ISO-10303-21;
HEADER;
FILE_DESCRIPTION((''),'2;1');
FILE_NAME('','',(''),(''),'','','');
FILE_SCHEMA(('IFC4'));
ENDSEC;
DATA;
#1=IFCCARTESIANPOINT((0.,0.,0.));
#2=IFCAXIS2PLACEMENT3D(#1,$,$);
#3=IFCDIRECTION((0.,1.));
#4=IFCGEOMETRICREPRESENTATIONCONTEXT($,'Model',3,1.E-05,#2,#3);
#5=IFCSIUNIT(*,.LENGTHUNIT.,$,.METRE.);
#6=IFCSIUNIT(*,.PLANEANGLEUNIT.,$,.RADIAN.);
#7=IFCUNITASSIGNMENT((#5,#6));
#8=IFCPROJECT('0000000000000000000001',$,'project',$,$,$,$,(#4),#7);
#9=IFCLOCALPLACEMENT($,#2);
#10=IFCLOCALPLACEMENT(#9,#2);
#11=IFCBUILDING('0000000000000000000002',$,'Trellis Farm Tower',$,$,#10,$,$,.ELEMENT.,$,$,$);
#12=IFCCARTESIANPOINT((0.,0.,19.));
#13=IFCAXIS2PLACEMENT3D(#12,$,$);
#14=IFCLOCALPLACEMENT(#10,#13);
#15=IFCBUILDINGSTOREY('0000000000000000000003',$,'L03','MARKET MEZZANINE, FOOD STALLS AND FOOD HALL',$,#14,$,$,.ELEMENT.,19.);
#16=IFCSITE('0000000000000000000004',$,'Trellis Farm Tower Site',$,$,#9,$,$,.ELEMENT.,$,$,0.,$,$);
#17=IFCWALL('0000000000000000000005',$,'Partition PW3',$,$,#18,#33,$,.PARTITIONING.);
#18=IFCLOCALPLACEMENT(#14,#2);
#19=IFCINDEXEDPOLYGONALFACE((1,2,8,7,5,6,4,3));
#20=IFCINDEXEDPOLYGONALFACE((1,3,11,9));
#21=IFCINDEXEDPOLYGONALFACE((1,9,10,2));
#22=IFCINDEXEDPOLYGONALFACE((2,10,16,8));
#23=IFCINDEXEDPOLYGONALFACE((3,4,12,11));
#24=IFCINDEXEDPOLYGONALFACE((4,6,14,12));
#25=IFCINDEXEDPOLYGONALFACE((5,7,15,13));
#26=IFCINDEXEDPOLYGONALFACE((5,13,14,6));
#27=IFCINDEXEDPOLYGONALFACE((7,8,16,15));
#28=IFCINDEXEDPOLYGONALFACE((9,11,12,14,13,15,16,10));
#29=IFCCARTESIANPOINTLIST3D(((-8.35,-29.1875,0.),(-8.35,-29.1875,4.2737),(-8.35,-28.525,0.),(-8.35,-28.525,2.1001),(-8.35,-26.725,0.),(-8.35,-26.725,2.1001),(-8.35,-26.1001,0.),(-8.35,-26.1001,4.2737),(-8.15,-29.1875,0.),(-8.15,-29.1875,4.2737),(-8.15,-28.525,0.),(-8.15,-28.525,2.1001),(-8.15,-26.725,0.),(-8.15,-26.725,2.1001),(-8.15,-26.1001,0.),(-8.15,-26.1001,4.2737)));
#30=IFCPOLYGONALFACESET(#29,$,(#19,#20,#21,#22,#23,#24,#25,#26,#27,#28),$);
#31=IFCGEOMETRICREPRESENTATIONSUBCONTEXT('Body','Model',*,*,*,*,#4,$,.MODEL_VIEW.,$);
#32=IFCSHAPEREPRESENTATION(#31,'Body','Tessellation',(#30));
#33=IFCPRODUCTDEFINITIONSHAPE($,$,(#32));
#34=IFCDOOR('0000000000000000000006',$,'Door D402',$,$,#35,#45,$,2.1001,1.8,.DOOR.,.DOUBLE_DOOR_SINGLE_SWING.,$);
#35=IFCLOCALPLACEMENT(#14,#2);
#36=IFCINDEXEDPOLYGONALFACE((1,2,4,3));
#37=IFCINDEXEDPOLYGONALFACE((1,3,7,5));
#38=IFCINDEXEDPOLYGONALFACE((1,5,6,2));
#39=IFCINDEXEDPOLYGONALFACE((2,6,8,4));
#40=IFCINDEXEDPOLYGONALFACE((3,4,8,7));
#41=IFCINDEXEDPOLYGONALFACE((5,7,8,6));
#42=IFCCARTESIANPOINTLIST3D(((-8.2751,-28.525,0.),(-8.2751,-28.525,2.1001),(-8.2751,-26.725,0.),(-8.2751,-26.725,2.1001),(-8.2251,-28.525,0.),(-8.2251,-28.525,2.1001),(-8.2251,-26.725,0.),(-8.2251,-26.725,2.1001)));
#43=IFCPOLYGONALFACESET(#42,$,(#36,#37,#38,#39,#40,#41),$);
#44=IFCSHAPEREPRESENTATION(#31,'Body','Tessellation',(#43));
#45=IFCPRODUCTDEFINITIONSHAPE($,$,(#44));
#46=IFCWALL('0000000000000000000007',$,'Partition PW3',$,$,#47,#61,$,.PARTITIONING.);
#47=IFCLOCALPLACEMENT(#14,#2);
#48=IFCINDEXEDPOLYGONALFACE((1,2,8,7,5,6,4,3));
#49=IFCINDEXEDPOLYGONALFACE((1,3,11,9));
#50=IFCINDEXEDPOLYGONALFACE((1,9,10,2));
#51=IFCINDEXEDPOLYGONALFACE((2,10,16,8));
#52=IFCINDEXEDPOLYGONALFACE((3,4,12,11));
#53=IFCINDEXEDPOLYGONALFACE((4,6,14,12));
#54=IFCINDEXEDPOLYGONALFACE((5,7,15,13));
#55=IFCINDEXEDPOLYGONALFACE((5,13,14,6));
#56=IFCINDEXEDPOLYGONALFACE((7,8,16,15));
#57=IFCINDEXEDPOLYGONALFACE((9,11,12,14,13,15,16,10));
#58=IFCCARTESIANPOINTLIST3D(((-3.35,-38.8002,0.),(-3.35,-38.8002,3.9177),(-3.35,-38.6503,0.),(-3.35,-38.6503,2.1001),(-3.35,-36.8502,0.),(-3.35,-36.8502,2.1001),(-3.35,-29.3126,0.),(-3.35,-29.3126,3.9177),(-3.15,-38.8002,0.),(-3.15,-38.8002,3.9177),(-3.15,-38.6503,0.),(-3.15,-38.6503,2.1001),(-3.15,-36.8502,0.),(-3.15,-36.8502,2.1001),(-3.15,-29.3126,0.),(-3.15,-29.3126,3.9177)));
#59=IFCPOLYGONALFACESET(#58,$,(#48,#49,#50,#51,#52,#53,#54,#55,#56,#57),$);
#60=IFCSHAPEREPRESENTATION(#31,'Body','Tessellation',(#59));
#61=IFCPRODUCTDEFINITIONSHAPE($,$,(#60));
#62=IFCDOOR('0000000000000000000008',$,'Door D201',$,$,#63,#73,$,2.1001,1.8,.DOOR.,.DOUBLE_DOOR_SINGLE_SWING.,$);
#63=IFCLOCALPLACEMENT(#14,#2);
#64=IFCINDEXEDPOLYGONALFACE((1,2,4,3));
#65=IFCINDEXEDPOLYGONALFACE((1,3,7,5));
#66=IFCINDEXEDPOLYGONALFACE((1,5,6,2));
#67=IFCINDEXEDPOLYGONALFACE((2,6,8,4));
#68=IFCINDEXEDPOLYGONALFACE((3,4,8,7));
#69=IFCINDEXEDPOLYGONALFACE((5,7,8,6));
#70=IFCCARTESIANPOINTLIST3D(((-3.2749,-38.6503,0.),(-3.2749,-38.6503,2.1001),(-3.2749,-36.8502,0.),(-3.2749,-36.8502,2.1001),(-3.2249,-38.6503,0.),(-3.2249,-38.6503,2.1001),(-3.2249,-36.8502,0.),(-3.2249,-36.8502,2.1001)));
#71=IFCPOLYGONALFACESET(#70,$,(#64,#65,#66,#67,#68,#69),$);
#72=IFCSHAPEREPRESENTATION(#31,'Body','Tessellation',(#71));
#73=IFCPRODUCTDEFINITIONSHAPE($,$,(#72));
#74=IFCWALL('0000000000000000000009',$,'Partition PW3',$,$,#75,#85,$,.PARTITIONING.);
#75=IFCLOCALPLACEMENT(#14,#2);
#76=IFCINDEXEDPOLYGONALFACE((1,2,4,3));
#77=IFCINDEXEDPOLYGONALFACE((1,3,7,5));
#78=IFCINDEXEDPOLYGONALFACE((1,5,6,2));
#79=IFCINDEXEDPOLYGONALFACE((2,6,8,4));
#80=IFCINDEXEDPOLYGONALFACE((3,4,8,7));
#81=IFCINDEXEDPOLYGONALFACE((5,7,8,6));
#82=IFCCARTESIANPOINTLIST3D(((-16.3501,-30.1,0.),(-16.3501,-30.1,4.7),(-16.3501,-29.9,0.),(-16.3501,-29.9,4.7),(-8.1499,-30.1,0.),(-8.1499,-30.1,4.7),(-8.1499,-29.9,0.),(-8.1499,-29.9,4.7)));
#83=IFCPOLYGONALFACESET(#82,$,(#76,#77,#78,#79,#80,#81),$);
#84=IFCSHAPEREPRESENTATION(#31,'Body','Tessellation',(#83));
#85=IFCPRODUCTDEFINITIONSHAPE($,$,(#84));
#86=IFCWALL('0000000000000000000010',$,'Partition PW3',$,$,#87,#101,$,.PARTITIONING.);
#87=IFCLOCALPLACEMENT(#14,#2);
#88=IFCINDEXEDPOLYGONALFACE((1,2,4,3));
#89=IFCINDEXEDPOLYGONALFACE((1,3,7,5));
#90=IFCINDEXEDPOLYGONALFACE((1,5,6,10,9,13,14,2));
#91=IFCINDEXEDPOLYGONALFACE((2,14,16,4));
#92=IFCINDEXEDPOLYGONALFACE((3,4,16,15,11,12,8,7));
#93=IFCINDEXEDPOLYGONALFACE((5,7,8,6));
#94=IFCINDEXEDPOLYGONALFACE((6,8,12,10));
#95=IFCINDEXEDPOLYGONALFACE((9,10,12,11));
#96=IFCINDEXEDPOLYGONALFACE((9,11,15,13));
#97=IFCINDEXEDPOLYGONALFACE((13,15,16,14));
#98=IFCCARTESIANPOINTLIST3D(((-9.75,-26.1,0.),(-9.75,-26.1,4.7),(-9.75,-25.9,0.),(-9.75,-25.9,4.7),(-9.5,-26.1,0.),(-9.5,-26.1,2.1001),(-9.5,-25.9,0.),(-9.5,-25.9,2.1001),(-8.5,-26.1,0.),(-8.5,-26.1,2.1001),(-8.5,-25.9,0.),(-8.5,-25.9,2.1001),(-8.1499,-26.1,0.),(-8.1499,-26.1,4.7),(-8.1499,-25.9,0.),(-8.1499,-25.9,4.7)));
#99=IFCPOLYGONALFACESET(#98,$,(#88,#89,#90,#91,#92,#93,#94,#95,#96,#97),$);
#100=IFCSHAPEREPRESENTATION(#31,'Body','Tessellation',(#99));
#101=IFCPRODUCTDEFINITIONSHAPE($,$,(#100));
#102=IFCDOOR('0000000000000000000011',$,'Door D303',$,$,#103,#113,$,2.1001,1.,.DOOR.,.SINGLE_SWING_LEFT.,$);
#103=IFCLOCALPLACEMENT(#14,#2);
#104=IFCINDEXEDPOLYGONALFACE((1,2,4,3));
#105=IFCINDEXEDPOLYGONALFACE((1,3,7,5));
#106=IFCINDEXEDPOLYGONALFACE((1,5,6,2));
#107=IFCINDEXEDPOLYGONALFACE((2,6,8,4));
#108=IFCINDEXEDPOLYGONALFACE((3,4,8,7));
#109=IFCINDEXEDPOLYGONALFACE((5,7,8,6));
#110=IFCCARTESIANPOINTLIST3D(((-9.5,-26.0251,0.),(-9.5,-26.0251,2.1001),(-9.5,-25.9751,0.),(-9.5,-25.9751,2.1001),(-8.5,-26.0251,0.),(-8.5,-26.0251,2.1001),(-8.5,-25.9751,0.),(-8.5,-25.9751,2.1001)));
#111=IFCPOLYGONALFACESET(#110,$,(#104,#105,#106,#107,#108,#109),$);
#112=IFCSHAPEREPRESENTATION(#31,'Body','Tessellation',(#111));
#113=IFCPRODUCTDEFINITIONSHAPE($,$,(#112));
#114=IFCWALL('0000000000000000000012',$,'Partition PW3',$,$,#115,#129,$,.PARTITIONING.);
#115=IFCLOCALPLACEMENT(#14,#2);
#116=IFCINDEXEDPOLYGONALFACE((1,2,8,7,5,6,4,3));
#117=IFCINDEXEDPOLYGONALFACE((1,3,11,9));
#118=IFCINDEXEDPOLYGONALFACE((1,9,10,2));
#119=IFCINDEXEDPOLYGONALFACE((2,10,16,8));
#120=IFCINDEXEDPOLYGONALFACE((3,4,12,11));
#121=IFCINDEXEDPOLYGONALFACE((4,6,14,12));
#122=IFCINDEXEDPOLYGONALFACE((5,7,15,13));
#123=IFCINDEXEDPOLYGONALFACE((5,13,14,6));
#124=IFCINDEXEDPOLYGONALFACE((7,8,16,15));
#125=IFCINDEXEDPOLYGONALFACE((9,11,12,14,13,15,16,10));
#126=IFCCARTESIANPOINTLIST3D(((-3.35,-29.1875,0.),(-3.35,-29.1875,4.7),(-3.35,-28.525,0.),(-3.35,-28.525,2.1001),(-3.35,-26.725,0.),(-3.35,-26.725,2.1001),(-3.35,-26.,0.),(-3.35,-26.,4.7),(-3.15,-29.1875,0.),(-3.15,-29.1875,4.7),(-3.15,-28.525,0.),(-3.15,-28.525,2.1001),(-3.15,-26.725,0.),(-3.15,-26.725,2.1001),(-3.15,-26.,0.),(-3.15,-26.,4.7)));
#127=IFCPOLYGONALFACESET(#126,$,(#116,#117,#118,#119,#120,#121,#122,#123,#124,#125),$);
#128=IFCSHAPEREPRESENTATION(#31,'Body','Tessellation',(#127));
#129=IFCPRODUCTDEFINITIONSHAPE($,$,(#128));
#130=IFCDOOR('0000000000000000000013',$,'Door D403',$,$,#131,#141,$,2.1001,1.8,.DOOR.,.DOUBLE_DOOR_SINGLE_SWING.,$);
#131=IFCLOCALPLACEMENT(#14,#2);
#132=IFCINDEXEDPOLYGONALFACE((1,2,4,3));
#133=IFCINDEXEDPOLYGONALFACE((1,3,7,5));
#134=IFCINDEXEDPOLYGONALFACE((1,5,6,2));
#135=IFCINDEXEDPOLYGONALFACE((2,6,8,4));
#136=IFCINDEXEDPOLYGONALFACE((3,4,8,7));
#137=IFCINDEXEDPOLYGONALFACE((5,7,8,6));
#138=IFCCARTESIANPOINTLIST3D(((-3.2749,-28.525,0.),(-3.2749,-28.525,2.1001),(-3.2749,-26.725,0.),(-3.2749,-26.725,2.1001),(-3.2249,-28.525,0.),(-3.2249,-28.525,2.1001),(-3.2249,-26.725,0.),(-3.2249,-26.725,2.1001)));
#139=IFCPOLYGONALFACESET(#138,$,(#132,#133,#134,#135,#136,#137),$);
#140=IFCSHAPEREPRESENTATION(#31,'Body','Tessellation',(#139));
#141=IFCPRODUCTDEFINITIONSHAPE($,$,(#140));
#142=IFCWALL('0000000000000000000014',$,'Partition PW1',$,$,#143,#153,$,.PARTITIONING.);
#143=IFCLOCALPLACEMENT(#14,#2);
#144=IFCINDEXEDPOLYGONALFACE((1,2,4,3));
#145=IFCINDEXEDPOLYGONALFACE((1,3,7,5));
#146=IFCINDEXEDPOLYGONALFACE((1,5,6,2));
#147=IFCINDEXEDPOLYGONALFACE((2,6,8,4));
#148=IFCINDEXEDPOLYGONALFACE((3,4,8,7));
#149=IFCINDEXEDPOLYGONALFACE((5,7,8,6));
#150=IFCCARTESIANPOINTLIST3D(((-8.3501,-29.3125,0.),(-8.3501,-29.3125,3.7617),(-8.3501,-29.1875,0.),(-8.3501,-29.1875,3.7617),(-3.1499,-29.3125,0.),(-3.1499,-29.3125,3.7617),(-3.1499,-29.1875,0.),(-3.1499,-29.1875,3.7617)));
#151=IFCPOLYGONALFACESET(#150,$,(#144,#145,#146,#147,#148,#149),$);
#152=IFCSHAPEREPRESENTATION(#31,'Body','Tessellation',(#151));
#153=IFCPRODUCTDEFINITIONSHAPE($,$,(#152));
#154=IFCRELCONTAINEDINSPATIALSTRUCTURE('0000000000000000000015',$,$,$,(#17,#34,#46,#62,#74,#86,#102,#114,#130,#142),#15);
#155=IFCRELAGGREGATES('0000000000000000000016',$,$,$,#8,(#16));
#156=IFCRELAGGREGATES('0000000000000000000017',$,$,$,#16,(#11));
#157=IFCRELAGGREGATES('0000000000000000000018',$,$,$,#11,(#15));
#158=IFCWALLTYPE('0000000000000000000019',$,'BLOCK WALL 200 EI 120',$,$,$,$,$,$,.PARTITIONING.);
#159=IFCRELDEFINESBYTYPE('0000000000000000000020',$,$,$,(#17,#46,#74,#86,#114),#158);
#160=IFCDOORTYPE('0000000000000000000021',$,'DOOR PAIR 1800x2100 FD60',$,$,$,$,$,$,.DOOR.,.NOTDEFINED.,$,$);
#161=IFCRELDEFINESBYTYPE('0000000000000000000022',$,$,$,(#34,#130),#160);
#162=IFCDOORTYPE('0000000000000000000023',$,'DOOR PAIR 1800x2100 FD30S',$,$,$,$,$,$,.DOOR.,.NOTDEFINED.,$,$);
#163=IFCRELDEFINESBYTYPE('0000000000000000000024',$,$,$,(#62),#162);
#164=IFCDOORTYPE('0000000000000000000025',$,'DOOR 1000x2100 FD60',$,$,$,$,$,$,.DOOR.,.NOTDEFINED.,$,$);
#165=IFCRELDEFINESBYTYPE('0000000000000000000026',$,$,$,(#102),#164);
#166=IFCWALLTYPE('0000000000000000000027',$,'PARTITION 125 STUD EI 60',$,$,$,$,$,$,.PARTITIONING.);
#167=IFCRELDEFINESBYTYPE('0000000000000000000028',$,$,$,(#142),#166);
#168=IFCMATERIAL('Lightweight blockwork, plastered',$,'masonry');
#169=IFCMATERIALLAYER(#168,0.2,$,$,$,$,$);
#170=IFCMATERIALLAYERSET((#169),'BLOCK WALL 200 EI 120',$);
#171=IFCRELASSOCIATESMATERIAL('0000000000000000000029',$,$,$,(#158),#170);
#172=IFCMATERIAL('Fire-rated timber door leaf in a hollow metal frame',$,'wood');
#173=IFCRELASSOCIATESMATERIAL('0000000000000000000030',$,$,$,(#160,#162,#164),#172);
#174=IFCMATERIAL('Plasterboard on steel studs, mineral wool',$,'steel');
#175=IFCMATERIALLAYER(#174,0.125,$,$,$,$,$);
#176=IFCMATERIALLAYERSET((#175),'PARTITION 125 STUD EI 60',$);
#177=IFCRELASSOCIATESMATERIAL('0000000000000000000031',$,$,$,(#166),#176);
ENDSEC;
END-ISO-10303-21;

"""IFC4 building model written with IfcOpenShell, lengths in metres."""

from ifc_helpers import new_model, si_unit, direction, frame, frame_2d, origin, place, context, subcontext, project, spatial, rectangle, extrude, source, transform, mapped, material, layer, layer_set, type_object, element, fill, save


model = new_model("IFC4")

# Units and contexts
model_context = context("Model", 3, precision=1e-05, world=origin(), true_north=direction((0.0, 1.0)))
body_context = subcontext(model_context, "Body", "Model", "MODEL_VIEW")
ifc_project = project(units=[si_unit("LENGTHUNIT", "METRE"), si_unit("PLANEANGLEUNIT", "RADIAN")], contexts=[model_context])

# Site, building, storey
site_placement = place(None, origin())
site = spatial("IfcSite", under=ifc_project, at=site_placement, Name="Trellis Farm Tower Site", CompositionType="ELEMENT", RefElevation=0.0)
building_placement = place(site_placement, origin())
building = spatial("IfcBuilding", under=site, at=building_placement, Name="Trellis Farm Tower", CompositionType="ELEMENT")
storey_placement = place(building_placement, frame((0.0, 0.0, 19.0)))
storey = spatial("IfcBuildingStorey", under=building, at=storey_placement, Name="L03", Description="MARKET MEZZANINE, FOOD STALLS AND FOOD HALL", CompositionType="ELEMENT", Elevation=19.0)

# Shared definitions
ifc_material_1 = material(Name="Lightweight blockwork, plastered", Category="masonry")
ifc_layer_1 = layer(ifc_material_1, 0.2)
ifc_layer_set_1 = layer_set([ifc_layer_1], Name="BLOCK WALL 200 EI 120")
wall_type_1 = type_object("IfcWallType", Name="BLOCK WALL 200 EI 120", PredefinedType="PARTITIONING", material=ifc_layer_set_1)

# Walls, openings, doors
shared_shape_1 = source(origin(), body_context, "Body", "SweptSolid", [
    extrude(rectangle(XDim=3.0874, YDim=0.2, at=frame_2d((1.5437, 0.0))), origin(), (0.0, 0.0, 1.0), 4.2737),
])
wall_1_placement = place(storey_placement, frame((-8.25, -26.1001, 0.0), z_axis=(0.0, 0.0, 1.0), x_axis=(0.0, -1.0, 0.0)))
wall_1 = element("IfcWall", 1, at=wall_1_placement, inside=storey, type_object=wall_type_1, Name="Partition PW3", PredefinedType="PARTITIONING", context=body_context, shape_type="MappedRepresentation", body=[
    mapped(shared_shape_1, transform((0.0, 0.0, 0.0))),
])
shared_shape_2 = source(origin(), body_context, "Body", "SweptSolid", [
    extrude(rectangle(XDim=1.8, YDim=2.1001, at=frame_2d((0.8999, 1.05))), frame((0.0, 0.1101, 0.0), z_axis=(0.0, -1.0, 0.0), x_axis=(1.0, 0.0, 0.0)), (0.0, 0.0, 1.0), 0.2202),
])
opening_1_placement = place(wall_1_placement, frame((0.625, 0.0, 0.0)))
opening_1 = element("IfcOpeningElement", 2, at=opening_1_placement, cuts=wall_1, PredefinedType="OPENING", context=body_context, shape_type="MappedRepresentation", body=[
    mapped(shared_shape_2, transform((0.0, 0.0, 0.0))),
])
ifc_material_2 = material(Name="Fire-rated timber door leaf in a hollow metal frame", Category="wood")
door_type_1 = type_object("IfcDoorType", Name="DOOR PAIR 1800x2100 FD60", OperationType="NOTDEFINED", PredefinedType="DOOR", material=ifc_material_2)
shared_shape_3 = source(origin(), body_context, "Body", "SweptSolid", [
    extrude(rectangle(XDim=1.8, YDim=2.1001, at=frame_2d((0.8999, 1.05))), frame((0.0, 0.0249, 0.0), z_axis=(0.0, -1.0, 0.0), x_axis=(1.0, 0.0, 0.0)), (0.0, 0.0, 1.0), 0.05),
])
door_1_placement = place(opening_1_placement, origin())
door_1 = element("IfcDoor", 3, at=door_1_placement, inside=storey, type_object=door_type_1, Name="Door D402", OperationType="DOUBLE_DOOR_SINGLE_SWING", OverallHeight=2.1001, OverallWidth=1.8, PredefinedType="DOOR", context=body_context, shape_type="MappedRepresentation", body=[
    mapped(shared_shape_3, transform((0.0, 0.0, 0.0))),
])
fill(opening_1, door_1)
shared_shape_4 = source(origin(), body_context, "Body", "SweptSolid", [
    extrude(rectangle(XDim=9.4875, YDim=0.2, at=frame_2d((4.7437, 0.0))), origin(), (0.0, 0.0, 1.0), 3.9177),
])
wall_2_placement = place(storey_placement, frame((-3.25, -38.8, 0.0), z_axis=(0.0, 0.0, 1.0), x_axis=(0.0, 1.0, 0.0)))
wall_2 = element("IfcWall", 4, at=wall_2_placement, inside=storey, type_object=wall_type_1, Name="Partition PW3", PredefinedType="PARTITIONING", context=body_context, shape_type="MappedRepresentation", body=[
    mapped(shared_shape_4, transform((0.0, 0.0, 0.0))),
])
opening_2_placement = place(wall_2_placement, frame((0.1499, 0.0, 0.0)))
opening_2 = element("IfcOpeningElement", 5, at=opening_2_placement, cuts=wall_2, PredefinedType="OPENING", context=body_context, shape_type="MappedRepresentation", body=[
    mapped(shared_shape_2, transform((0.0, 0.0, 0.0))),
])
door_type_2 = type_object("IfcDoorType", Name="DOOR PAIR 1800x2100 FD30S", OperationType="NOTDEFINED", PredefinedType="DOOR", material=ifc_material_2)
door_2_placement = place(opening_2_placement, origin())
door_2 = element("IfcDoor", 6, at=door_2_placement, inside=storey, type_object=door_type_2, Name="Door D201", OperationType="DOUBLE_DOOR_SINGLE_SWING", OverallHeight=2.1001, OverallWidth=1.8, PredefinedType="DOOR", context=body_context, shape_type="MappedRepresentation", body=[
    mapped(shared_shape_3, transform((0.0, 0.0, 0.0))),
])
fill(opening_2, door_2)

# Wall
shared_shape_5 = source(origin(), body_context, "Body", "SweptSolid", [
    extrude(rectangle(XDim=8.2002, YDim=0.2, at=frame_2d((4.1001, 0.0))), origin(), (0.0, 0.0, 1.0), 4.7),
])
wall_3_placement = place(storey_placement, frame((-8.1499, -30.0, 0.0), z_axis=(0.0, 0.0, 1.0), x_axis=(-1.0, 0.0, 0.0)))
element("IfcWall", 7, at=wall_3_placement, inside=storey, type_object=wall_type_1, Name="Partition PW3", PredefinedType="PARTITIONING", context=body_context, shape_type="MappedRepresentation", body=[
    mapped(shared_shape_5, transform((0.0, 0.0, 0.0))),
])

# Walls, openings, doors
shared_shape_6 = source(origin(), body_context, "Body", "SweptSolid", [
    extrude(rectangle(XDim=1.6001, YDim=0.2, at=frame_2d((0.8, 0.0))), origin(), (0.0, 0.0, 1.0), 4.7),
])
wall_4_placement = place(storey_placement, frame((-9.75, -26.0, 0.0), z_axis=(0.0, 0.0, 1.0), x_axis=(1.0, 0.0, 0.0)))
wall_4 = element("IfcWall", 8, at=wall_4_placement, inside=storey, type_object=wall_type_1, Name="Partition PW3", PredefinedType="PARTITIONING", context=body_context, shape_type="MappedRepresentation", body=[
    mapped(shared_shape_6, transform((0.0, 0.0, 0.0))),
])
shared_shape_7 = source(origin(), body_context, "Body", "SweptSolid", [
    extrude(rectangle(XDim=1.0, YDim=2.1001, at=frame_2d((0.5, 1.05))), frame((0.0, 0.1101, 0.0), z_axis=(0.0, -1.0, 0.0), x_axis=(1.0, 0.0, 0.0)), (0.0, 0.0, 1.0), 0.2202),
])
opening_3_placement = place(wall_4_placement, frame((0.25, 0.0, 0.0)))
opening_3 = element("IfcOpeningElement", 9, at=opening_3_placement, cuts=wall_4, PredefinedType="OPENING", context=body_context, shape_type="MappedRepresentation", body=[
    mapped(shared_shape_7, transform((0.0, 0.0, 0.0))),
])
door_type_3 = type_object("IfcDoorType", Name="DOOR 1000x2100 FD60", OperationType="NOTDEFINED", PredefinedType="DOOR", material=ifc_material_2)
shared_shape_8 = source(origin(), body_context, "Body", "SweptSolid", [
    extrude(rectangle(XDim=1.0, YDim=2.1001, at=frame_2d((0.5, 1.05))), frame((0.0, 0.0249, 0.0), z_axis=(0.0, -1.0, 0.0), x_axis=(1.0, 0.0, 0.0)), (0.0, 0.0, 1.0), 0.05),
])
door_3_placement = place(opening_3_placement, origin())
door_3 = element("IfcDoor", 10, at=door_3_placement, inside=storey, type_object=door_type_3, Name="Door D303", OperationType="SINGLE_SWING_LEFT", OverallHeight=2.1001, OverallWidth=1.0, PredefinedType="DOOR", context=body_context, shape_type="MappedRepresentation", body=[
    mapped(shared_shape_8, transform((0.0, 0.0, 0.0))),
])
fill(opening_3, door_3)
shared_shape_9 = source(origin(), body_context, "Body", "SweptSolid", [
    extrude(rectangle(XDim=3.1875, YDim=0.2, at=frame_2d((1.5938, 0.0))), origin(), (0.0, 0.0, 1.0), 4.7),
])
wall_5_placement = place(storey_placement, frame((-3.25, -29.1875, 0.0), z_axis=(0.0, 0.0, 1.0), x_axis=(0.0, 1.0, 0.0)))
wall_5 = element("IfcWall", 11, at=wall_5_placement, inside=storey, type_object=wall_type_1, Name="Partition PW3", PredefinedType="PARTITIONING", context=body_context, shape_type="MappedRepresentation", body=[
    mapped(shared_shape_9, transform((0.0, 0.0, 0.0))),
])
opening_4_placement = place(wall_5_placement, frame((0.6626, 0.0, 0.0)))
opening_4 = element("IfcOpeningElement", 12, at=opening_4_placement, cuts=wall_5, PredefinedType="OPENING", context=body_context, shape_type="MappedRepresentation", body=[
    mapped(shared_shape_2, transform((0.0, 0.0, 0.0))),
])
door_4_placement = place(opening_4_placement, origin())
door_4 = element("IfcDoor", 13, at=door_4_placement, inside=storey, type_object=door_type_1, Name="Door D403", OperationType="DOUBLE_DOOR_SINGLE_SWING", OverallHeight=2.1001, OverallWidth=1.8, PredefinedType="DOOR", context=body_context, shape_type="MappedRepresentation", body=[
    mapped(shared_shape_3, transform((0.0, 0.0, 0.0))),
])
fill(opening_4, door_4)

# Wall
ifc_material_3 = material(Name="Plasterboard on steel studs, mineral wool", Category="steel")
ifc_layer_2 = layer(ifc_material_3, 0.125)
ifc_layer_set_2 = layer_set([ifc_layer_2], Name="PARTITION 125 STUD EI 60")
wall_type_2 = type_object("IfcWallType", Name="PARTITION 125 STUD EI 60", PredefinedType="PARTITIONING", material=ifc_layer_set_2)
shared_shape_10 = source(origin(), body_context, "Body", "SweptSolid", [
    extrude(rectangle(XDim=5.2002, YDim=0.125, at=frame_2d((2.6001, 0.0))), origin(), (0.0, 0.0, 1.0), 3.7617),
])
wall_6_placement = place(storey_placement, frame((-3.1499, -29.25, 0.0), z_axis=(0.0, 0.0, 1.0), x_axis=(-1.0, 0.0, 0.0)))
element("IfcWall", 14, at=wall_6_placement, inside=storey, type_object=wall_type_2, Name="Partition PW1", PredefinedType="PARTITIONING", context=body_context, shape_type="MappedRepresentation", body=[
    mapped(shared_shape_10, transform((0.0, 0.0, 0.0))),
])

save(model, "model.ifc")
